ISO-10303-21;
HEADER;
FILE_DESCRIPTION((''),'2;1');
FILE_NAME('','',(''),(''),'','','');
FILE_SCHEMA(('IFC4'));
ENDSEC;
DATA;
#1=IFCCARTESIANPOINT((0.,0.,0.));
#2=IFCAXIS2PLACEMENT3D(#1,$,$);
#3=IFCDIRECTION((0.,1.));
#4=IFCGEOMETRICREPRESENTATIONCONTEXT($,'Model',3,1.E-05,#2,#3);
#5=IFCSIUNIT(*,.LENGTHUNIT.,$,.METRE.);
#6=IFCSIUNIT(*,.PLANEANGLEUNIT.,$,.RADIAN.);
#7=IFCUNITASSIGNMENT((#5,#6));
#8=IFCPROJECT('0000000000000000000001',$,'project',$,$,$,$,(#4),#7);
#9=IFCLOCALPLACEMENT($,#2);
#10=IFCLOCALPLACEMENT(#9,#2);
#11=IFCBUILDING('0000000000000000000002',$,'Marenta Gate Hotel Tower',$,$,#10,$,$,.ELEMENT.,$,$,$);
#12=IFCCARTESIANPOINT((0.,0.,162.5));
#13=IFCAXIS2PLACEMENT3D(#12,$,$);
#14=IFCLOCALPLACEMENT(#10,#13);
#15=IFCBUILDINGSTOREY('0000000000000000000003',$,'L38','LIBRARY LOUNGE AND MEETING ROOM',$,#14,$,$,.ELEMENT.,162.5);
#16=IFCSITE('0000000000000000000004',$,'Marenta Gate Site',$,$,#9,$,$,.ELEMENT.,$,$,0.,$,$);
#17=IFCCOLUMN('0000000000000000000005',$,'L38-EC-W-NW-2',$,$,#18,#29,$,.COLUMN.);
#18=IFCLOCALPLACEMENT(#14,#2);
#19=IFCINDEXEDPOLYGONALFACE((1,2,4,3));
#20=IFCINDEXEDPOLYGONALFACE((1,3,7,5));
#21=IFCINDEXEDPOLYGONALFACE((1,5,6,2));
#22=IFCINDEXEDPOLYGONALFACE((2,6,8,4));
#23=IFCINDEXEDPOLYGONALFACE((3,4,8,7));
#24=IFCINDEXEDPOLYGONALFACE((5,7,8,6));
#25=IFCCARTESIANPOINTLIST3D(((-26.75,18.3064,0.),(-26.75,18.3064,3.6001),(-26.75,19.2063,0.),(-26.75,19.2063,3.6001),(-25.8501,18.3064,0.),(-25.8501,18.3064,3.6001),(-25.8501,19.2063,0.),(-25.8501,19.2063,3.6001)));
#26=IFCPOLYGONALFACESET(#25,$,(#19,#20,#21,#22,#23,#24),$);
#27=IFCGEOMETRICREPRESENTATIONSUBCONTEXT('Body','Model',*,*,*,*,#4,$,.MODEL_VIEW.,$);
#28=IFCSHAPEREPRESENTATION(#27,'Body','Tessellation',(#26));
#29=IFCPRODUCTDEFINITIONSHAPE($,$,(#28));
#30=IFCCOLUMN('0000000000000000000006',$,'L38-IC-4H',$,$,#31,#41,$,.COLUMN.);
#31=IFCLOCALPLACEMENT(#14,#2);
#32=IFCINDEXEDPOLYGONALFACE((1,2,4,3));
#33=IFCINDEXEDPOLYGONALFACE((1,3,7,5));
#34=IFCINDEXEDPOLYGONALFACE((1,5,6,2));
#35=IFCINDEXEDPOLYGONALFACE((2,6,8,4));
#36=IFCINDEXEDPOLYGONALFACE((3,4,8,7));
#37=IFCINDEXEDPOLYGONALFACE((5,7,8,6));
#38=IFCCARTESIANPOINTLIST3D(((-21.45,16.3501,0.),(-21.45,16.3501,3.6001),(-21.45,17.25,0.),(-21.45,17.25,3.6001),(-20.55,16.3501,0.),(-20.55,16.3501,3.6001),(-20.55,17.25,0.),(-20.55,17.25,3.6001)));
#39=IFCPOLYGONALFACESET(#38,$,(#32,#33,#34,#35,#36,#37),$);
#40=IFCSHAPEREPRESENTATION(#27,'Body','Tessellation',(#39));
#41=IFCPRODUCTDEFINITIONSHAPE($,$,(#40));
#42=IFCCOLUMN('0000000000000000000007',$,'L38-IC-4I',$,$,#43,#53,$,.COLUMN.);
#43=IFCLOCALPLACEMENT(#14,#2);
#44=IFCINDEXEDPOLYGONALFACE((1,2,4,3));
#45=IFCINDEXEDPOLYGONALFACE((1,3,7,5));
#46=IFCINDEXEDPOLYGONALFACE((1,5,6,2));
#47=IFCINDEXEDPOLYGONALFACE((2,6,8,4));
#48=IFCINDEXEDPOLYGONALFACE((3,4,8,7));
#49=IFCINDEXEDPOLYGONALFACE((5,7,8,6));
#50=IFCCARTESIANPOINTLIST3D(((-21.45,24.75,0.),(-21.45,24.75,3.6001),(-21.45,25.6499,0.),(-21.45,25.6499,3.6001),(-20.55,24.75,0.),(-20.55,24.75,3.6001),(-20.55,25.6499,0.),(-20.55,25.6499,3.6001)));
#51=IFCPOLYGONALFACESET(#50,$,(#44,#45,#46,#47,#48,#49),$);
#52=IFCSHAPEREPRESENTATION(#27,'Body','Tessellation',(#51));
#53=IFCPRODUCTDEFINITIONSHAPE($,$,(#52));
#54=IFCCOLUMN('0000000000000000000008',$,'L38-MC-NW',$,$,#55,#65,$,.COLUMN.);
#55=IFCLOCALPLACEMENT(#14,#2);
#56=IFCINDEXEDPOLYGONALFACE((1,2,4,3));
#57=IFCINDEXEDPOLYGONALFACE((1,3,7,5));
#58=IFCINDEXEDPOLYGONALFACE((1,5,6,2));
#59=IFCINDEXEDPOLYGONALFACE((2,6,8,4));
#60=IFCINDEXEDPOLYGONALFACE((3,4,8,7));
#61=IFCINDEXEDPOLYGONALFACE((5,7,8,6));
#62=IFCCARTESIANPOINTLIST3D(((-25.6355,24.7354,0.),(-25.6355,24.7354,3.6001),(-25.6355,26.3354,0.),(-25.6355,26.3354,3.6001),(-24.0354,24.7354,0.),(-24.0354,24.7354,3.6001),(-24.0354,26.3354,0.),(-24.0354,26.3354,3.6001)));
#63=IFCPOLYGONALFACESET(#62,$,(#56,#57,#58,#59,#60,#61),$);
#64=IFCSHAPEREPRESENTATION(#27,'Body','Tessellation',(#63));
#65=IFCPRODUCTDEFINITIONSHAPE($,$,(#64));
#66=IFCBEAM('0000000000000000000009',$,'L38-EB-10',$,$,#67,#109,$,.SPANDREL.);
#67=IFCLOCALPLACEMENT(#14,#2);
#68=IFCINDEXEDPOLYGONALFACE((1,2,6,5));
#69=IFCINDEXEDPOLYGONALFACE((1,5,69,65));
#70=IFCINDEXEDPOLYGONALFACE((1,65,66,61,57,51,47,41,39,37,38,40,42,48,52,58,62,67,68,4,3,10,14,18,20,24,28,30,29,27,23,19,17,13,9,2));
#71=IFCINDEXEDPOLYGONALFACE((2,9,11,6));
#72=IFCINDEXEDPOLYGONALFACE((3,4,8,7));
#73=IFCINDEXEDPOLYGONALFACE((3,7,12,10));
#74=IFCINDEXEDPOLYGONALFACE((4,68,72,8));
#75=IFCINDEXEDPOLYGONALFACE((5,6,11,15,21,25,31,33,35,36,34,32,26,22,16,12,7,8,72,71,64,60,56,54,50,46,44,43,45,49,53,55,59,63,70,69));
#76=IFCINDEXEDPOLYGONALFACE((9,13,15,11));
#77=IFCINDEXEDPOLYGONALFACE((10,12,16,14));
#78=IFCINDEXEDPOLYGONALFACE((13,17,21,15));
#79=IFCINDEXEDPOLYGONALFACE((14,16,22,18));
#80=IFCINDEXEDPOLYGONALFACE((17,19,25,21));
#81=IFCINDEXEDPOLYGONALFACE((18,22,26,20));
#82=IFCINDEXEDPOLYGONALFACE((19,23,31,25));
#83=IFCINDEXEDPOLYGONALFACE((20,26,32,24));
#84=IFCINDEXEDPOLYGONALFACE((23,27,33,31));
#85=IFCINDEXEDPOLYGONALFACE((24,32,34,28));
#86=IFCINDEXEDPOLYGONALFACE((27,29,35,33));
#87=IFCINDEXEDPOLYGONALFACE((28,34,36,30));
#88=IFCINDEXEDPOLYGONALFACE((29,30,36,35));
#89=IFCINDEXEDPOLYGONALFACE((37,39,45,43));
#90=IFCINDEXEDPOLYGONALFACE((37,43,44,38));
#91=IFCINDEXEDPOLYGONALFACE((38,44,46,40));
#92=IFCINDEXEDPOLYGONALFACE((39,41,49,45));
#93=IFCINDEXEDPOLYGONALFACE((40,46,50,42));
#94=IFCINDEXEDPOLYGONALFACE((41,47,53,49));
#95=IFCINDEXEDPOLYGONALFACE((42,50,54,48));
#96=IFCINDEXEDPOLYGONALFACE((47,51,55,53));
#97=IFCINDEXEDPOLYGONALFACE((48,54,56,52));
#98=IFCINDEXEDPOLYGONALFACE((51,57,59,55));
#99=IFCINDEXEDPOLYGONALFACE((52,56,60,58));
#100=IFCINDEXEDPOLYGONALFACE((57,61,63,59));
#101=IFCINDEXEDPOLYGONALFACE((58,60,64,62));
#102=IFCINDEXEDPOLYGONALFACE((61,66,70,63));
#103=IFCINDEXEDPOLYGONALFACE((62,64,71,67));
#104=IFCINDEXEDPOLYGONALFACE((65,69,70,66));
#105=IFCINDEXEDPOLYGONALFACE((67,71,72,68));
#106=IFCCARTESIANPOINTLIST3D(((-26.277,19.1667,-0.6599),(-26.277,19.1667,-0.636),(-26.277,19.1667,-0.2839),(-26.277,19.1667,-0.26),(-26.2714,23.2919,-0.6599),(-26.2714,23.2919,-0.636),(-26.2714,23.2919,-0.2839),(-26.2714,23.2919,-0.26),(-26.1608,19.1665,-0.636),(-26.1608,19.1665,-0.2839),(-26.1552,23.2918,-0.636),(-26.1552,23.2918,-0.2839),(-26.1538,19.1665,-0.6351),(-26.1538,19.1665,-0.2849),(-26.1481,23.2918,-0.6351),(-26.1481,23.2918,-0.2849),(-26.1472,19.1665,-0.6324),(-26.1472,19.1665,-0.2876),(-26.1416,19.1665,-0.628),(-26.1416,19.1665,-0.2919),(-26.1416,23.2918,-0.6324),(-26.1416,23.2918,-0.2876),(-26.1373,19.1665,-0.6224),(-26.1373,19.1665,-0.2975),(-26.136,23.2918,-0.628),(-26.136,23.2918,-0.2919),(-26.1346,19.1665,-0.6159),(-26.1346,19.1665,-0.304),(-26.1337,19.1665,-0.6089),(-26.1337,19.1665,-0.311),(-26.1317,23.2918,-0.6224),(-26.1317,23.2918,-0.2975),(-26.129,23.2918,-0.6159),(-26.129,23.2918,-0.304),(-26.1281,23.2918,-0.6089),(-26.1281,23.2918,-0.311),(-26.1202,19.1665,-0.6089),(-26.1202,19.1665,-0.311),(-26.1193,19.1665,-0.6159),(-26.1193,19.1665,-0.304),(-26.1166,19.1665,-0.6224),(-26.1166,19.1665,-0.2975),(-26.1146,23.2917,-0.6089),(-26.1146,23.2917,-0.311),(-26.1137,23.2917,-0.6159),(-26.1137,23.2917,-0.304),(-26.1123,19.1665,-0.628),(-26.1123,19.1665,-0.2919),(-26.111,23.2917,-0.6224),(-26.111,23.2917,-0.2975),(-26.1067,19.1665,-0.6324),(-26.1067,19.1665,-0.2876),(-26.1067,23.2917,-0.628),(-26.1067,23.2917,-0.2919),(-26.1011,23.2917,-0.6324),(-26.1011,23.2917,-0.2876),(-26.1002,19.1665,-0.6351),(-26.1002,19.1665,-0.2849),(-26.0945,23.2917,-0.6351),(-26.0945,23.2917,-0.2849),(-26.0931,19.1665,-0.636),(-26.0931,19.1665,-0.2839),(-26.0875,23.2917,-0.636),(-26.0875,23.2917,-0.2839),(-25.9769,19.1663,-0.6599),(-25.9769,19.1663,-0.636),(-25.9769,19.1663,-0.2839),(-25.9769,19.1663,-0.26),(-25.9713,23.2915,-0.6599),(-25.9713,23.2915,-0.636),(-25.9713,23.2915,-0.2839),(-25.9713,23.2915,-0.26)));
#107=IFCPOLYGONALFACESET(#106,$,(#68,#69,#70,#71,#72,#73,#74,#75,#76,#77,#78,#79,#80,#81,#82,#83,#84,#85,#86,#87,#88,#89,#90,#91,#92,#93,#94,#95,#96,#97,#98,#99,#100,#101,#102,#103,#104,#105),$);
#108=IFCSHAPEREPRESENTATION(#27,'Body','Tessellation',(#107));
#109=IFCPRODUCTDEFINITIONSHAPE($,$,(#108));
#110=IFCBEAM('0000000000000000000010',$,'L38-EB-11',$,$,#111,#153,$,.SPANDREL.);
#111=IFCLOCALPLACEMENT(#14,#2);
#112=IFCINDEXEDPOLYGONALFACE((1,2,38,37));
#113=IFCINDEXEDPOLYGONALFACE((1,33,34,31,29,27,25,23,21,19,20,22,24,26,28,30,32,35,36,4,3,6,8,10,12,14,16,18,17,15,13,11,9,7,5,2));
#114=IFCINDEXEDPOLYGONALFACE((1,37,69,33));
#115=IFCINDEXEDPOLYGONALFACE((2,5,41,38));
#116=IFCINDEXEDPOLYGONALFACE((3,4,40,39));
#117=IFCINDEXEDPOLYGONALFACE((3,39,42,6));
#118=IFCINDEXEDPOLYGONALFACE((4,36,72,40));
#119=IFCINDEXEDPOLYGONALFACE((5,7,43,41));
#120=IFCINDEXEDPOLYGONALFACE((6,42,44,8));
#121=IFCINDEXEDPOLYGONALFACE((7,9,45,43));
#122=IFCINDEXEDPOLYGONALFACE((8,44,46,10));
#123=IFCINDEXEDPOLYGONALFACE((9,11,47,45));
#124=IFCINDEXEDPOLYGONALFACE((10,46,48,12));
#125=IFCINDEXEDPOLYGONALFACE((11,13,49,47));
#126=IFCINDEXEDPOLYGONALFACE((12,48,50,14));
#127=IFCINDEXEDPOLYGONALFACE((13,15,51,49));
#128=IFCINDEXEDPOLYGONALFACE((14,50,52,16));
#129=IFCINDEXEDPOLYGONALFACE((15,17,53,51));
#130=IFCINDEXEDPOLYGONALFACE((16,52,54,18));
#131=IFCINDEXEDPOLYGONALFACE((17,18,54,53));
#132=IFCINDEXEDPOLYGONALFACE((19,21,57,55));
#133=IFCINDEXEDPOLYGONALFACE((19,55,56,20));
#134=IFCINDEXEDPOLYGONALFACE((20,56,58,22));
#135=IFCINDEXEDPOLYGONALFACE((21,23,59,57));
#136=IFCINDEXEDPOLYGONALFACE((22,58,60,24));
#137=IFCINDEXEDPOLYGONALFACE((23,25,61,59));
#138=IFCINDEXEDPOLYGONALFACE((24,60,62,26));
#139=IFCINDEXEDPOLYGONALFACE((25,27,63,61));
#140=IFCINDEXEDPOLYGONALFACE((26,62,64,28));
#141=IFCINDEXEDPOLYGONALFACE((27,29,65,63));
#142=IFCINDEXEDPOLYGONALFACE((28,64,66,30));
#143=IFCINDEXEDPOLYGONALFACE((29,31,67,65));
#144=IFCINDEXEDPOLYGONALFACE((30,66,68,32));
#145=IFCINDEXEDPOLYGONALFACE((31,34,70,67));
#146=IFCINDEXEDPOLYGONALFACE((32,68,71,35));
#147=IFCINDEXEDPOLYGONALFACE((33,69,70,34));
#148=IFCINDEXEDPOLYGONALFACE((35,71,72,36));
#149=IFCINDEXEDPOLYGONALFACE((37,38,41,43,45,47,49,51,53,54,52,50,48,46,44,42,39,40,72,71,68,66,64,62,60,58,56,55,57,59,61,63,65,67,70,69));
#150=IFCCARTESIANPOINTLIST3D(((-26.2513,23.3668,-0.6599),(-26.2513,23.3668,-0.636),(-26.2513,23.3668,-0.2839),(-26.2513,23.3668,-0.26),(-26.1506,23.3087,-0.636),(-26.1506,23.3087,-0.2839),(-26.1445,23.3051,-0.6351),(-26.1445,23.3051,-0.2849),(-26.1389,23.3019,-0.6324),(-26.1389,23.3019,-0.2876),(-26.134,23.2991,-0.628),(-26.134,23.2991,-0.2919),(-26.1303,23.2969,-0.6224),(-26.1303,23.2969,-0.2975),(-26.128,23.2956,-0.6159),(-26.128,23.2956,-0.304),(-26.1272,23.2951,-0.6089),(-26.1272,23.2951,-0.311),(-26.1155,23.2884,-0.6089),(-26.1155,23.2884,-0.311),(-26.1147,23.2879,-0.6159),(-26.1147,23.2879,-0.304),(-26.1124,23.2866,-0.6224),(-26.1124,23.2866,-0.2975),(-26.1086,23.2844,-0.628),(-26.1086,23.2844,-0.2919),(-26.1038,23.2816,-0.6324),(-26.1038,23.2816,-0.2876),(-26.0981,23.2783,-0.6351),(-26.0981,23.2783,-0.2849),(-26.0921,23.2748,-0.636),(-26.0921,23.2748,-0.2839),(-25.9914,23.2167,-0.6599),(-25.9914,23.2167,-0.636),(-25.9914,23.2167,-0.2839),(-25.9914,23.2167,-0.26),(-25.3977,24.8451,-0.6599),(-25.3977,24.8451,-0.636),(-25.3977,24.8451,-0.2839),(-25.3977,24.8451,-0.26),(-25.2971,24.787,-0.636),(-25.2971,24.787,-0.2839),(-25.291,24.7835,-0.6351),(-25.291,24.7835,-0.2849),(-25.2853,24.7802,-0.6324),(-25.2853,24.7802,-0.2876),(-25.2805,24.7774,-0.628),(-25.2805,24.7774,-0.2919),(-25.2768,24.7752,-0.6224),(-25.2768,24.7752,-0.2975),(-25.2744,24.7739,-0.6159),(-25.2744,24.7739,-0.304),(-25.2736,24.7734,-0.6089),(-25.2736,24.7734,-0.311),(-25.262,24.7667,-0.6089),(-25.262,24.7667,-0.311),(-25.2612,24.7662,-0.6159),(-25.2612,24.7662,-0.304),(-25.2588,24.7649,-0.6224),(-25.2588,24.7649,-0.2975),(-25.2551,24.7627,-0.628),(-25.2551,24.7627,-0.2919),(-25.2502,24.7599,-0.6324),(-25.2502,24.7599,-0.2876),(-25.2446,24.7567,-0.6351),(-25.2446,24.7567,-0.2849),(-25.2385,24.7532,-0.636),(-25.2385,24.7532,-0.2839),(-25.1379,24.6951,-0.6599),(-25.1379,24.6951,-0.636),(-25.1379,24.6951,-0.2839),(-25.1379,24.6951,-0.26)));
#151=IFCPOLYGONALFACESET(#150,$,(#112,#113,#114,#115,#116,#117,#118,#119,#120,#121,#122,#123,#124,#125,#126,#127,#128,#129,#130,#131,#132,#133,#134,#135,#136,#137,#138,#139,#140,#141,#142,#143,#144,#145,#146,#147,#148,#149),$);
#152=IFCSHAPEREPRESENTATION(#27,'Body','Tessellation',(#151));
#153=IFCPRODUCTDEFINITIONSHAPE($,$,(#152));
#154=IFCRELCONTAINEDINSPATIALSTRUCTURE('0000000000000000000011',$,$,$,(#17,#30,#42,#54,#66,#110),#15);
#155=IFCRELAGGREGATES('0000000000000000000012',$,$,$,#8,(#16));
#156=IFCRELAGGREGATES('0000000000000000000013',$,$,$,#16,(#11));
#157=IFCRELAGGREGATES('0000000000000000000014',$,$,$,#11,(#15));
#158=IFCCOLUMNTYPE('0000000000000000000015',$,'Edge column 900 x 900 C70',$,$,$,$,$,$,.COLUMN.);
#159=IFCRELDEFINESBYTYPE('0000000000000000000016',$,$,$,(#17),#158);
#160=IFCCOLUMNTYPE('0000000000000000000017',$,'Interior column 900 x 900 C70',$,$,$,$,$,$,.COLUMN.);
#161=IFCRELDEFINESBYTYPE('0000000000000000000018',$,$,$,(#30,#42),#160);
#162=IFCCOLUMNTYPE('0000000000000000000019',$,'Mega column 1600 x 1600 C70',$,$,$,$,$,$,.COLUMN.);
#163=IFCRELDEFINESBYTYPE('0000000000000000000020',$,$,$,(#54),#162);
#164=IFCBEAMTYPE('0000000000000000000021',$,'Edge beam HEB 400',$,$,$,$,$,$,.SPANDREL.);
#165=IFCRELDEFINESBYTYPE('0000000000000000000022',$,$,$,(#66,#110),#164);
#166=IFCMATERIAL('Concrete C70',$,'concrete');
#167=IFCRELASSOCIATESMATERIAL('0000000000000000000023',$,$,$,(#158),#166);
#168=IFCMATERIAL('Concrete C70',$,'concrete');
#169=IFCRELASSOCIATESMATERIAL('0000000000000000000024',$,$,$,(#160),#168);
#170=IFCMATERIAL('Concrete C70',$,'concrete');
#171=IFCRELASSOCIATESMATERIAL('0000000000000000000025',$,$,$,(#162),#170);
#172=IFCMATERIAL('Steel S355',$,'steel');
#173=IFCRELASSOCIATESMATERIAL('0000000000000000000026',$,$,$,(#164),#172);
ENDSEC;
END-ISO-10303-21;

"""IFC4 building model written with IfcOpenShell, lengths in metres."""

from ifc_helpers import new_model, si_unit, direction, frame, origin, origin_2d, place, context, subcontext, project, spatial, rectangle, i_section, extrude, material, material_profile, profile_set, type_object, element, save


model = new_model("IFC4")

# Units and contexts
model_context = context("Model", 3, precision=1e-05, world=origin(), true_north=direction((0.0, 1.0)))
body_context = subcontext(model_context, "Body", "Model", "MODEL_VIEW")
ifc_project = project(units=[si_unit("LENGTHUNIT", "METRE"), si_unit("PLANEANGLEUNIT", "RADIAN")], contexts=[model_context])

# Site, building, storey
site_placement = place(None, origin())
site = spatial("IfcSite", under=ifc_project, at=site_placement, Name="Marenta Gate Site", CompositionType="ELEMENT", RefElevation=0.0)
building_placement = place(site_placement, origin())
building = spatial("IfcBuilding", under=site, at=building_placement, Name="Marenta Gate Hotel Tower", CompositionType="ELEMENT")
storey_placement = place(building_placement, frame((0.0, 0.0, 162.5)))
storey = spatial("IfcBuildingStorey", under=building, at=storey_placement, Name="L38", Description="LIBRARY LOUNGE AND MEETING ROOM", CompositionType="ELEMENT", Elevation=162.5)

# Columns
ifc_material_1 = material(Name="Concrete C70", Category="concrete")
ifc_material_profile_1 = material_profile(ifc_material_1, rectangle(XDim=0.8999, YDim=0.8999, at=origin_2d()), Name="900 x 900")
ifc_profile_set_1 = profile_set([ifc_material_profile_1], Name="Concrete C70")
column_type_1 = type_object("IfcColumnType", Name="Edge column 900 x 900 C70", PredefinedType="COLUMN", material=ifc_profile_set_1)
column_1_placement = place(storey_placement, frame((-26.3, 18.7563, 0.0), z_axis=(0.0, 0.0, 1.0), x_axis=(1.0, 0.0, 0.0)))
element("IfcColumn", 1, at=column_1_placement, inside=storey, type_object=column_type_1, Name="L38-EC-W-NW-2", PredefinedType="COLUMN", context=body_context, shape_type="SweptSolid", body=[
    extrude(rectangle(XDim=0.8999, YDim=0.8999, at=origin_2d()), origin(), (0.0, 0.0, 1.0), 3.6001),
])
ifc_material_2 = material(Name="Concrete C70", Category="concrete")
ifc_material_profile_2 = material_profile(ifc_material_2, rectangle(XDim=0.8999, YDim=0.8999, at=origin_2d()), Name="900 x 900")
ifc_profile_set_2 = profile_set([ifc_material_profile_2], Name="Concrete C70")
column_type_2 = type_object("IfcColumnType", Name="Interior column 900 x 900 C70", PredefinedType="COLUMN", material=ifc_profile_set_2)
for number, where, z_axis, x_axis, name in (
    (2, (-21.0, 16.8, 0.0), (0.0, 0.0, 1.0), (1.0, 0.0, 0.0), "L38-IC-4H"),
    (3, (-21.0, 25.2, 0.0), (0.0, 0.0, 1.0), (1.0, 0.0, 0.0), "L38-IC-4I"),
):
    element("IfcColumn", number, at=place(storey_placement, frame(where, z_axis=z_axis, x_axis=x_axis)), inside=storey, type_object=column_type_2, Name=name, PredefinedType="COLUMN", context=body_context, shape_type="SweptSolid", body=[
        extrude(rectangle(XDim=0.8999, YDim=0.8999, at=origin_2d()), origin(), (0.0, 0.0, 1.0), 3.6001),
    ])
ifc_material_3 = material(Name="Concrete C70", Category="concrete")
ifc_material_profile_3 = material_profile(ifc_material_3, rectangle(XDim=1.6001, YDim=1.6001, at=origin_2d()), Name="1600 x 1600")
ifc_profile_set_3 = profile_set([ifc_material_profile_3], Name="Concrete C70")
column_type_3 = type_object("IfcColumnType", Name="Mega column 1600 x 1600 C70", PredefinedType="COLUMN", material=ifc_profile_set_3)
column_2_placement = place(storey_placement, frame((-24.8354, 25.5354, 0.0), z_axis=(0.0, 0.0, 1.0), x_axis=(1.0, 0.0, 0.0)))
element("IfcColumn", 4, at=column_2_placement, inside=storey, type_object=column_type_3, Name="L38-MC-NW", PredefinedType="COLUMN", context=body_context, shape_type="SweptSolid", body=[
    extrude(rectangle(XDim=1.6001, YDim=1.6001, at=origin_2d()), origin(), (0.0, 0.0, 1.0), 3.6001),
])

# Beams
ifc_material_4 = material(Name="Steel S355", Category="steel")
ifc_material_profile_4 = material_profile(ifc_material_4, i_section(OverallWidth=0.3, OverallDepth=0.3999, WebThickness=0.0134, FlangeThickness=0.0239, FilletRadius=0.0271, at=origin_2d()), Name="HEB 400")
ifc_profile_set_4 = profile_set([ifc_material_profile_4], Name="Steel S355")
beam_type_1 = type_object("IfcBeamType", Name="Edge beam HEB 400", PredefinedType="SPANDREL", material=ifc_profile_set_4)
beam_1_placement = place(storey_placement, frame((-26.127, 19.1665, -0.46), z_axis=(0.001361, 0.999999, 0.0), x_axis=(-0.999999, 0.001361, 0.0)))
element("IfcBeam", 5, at=beam_1_placement, inside=storey, type_object=beam_type_1, Name="L38-EB-10", PredefinedType="SPANDREL", context=body_context, shape_type="SweptSolid", body=[
    extrude(i_section(OverallWidth=0.3, OverallDepth=0.3999, WebThickness=0.0134, FlangeThickness=0.0239, FilletRadius=0.0271, at=origin_2d()), origin(), (0.0, 0.0, 1.0), 4.1252),
])
beam_2_placement = place(storey_placement, frame((-26.1213, 23.2917, -0.46), z_axis=(0.500015, 0.866016, 0.0), x_axis=(-0.866016, 0.500015, 0.0)))
element("IfcBeam", 6, at=beam_2_placement, inside=storey, type_object=beam_type_1, Name="L38-EB-11", PredefinedType="SPANDREL", context=body_context, shape_type="SweptSolid", body=[
    extrude(i_section(OverallWidth=0.3, OverallDepth=0.3999, WebThickness=0.0134, FlangeThickness=0.0239, FilletRadius=0.0271, at=origin_2d()), origin(), (0.0, 0.0, 1.0), 1.707),
])

save(model, "model.ifc")
